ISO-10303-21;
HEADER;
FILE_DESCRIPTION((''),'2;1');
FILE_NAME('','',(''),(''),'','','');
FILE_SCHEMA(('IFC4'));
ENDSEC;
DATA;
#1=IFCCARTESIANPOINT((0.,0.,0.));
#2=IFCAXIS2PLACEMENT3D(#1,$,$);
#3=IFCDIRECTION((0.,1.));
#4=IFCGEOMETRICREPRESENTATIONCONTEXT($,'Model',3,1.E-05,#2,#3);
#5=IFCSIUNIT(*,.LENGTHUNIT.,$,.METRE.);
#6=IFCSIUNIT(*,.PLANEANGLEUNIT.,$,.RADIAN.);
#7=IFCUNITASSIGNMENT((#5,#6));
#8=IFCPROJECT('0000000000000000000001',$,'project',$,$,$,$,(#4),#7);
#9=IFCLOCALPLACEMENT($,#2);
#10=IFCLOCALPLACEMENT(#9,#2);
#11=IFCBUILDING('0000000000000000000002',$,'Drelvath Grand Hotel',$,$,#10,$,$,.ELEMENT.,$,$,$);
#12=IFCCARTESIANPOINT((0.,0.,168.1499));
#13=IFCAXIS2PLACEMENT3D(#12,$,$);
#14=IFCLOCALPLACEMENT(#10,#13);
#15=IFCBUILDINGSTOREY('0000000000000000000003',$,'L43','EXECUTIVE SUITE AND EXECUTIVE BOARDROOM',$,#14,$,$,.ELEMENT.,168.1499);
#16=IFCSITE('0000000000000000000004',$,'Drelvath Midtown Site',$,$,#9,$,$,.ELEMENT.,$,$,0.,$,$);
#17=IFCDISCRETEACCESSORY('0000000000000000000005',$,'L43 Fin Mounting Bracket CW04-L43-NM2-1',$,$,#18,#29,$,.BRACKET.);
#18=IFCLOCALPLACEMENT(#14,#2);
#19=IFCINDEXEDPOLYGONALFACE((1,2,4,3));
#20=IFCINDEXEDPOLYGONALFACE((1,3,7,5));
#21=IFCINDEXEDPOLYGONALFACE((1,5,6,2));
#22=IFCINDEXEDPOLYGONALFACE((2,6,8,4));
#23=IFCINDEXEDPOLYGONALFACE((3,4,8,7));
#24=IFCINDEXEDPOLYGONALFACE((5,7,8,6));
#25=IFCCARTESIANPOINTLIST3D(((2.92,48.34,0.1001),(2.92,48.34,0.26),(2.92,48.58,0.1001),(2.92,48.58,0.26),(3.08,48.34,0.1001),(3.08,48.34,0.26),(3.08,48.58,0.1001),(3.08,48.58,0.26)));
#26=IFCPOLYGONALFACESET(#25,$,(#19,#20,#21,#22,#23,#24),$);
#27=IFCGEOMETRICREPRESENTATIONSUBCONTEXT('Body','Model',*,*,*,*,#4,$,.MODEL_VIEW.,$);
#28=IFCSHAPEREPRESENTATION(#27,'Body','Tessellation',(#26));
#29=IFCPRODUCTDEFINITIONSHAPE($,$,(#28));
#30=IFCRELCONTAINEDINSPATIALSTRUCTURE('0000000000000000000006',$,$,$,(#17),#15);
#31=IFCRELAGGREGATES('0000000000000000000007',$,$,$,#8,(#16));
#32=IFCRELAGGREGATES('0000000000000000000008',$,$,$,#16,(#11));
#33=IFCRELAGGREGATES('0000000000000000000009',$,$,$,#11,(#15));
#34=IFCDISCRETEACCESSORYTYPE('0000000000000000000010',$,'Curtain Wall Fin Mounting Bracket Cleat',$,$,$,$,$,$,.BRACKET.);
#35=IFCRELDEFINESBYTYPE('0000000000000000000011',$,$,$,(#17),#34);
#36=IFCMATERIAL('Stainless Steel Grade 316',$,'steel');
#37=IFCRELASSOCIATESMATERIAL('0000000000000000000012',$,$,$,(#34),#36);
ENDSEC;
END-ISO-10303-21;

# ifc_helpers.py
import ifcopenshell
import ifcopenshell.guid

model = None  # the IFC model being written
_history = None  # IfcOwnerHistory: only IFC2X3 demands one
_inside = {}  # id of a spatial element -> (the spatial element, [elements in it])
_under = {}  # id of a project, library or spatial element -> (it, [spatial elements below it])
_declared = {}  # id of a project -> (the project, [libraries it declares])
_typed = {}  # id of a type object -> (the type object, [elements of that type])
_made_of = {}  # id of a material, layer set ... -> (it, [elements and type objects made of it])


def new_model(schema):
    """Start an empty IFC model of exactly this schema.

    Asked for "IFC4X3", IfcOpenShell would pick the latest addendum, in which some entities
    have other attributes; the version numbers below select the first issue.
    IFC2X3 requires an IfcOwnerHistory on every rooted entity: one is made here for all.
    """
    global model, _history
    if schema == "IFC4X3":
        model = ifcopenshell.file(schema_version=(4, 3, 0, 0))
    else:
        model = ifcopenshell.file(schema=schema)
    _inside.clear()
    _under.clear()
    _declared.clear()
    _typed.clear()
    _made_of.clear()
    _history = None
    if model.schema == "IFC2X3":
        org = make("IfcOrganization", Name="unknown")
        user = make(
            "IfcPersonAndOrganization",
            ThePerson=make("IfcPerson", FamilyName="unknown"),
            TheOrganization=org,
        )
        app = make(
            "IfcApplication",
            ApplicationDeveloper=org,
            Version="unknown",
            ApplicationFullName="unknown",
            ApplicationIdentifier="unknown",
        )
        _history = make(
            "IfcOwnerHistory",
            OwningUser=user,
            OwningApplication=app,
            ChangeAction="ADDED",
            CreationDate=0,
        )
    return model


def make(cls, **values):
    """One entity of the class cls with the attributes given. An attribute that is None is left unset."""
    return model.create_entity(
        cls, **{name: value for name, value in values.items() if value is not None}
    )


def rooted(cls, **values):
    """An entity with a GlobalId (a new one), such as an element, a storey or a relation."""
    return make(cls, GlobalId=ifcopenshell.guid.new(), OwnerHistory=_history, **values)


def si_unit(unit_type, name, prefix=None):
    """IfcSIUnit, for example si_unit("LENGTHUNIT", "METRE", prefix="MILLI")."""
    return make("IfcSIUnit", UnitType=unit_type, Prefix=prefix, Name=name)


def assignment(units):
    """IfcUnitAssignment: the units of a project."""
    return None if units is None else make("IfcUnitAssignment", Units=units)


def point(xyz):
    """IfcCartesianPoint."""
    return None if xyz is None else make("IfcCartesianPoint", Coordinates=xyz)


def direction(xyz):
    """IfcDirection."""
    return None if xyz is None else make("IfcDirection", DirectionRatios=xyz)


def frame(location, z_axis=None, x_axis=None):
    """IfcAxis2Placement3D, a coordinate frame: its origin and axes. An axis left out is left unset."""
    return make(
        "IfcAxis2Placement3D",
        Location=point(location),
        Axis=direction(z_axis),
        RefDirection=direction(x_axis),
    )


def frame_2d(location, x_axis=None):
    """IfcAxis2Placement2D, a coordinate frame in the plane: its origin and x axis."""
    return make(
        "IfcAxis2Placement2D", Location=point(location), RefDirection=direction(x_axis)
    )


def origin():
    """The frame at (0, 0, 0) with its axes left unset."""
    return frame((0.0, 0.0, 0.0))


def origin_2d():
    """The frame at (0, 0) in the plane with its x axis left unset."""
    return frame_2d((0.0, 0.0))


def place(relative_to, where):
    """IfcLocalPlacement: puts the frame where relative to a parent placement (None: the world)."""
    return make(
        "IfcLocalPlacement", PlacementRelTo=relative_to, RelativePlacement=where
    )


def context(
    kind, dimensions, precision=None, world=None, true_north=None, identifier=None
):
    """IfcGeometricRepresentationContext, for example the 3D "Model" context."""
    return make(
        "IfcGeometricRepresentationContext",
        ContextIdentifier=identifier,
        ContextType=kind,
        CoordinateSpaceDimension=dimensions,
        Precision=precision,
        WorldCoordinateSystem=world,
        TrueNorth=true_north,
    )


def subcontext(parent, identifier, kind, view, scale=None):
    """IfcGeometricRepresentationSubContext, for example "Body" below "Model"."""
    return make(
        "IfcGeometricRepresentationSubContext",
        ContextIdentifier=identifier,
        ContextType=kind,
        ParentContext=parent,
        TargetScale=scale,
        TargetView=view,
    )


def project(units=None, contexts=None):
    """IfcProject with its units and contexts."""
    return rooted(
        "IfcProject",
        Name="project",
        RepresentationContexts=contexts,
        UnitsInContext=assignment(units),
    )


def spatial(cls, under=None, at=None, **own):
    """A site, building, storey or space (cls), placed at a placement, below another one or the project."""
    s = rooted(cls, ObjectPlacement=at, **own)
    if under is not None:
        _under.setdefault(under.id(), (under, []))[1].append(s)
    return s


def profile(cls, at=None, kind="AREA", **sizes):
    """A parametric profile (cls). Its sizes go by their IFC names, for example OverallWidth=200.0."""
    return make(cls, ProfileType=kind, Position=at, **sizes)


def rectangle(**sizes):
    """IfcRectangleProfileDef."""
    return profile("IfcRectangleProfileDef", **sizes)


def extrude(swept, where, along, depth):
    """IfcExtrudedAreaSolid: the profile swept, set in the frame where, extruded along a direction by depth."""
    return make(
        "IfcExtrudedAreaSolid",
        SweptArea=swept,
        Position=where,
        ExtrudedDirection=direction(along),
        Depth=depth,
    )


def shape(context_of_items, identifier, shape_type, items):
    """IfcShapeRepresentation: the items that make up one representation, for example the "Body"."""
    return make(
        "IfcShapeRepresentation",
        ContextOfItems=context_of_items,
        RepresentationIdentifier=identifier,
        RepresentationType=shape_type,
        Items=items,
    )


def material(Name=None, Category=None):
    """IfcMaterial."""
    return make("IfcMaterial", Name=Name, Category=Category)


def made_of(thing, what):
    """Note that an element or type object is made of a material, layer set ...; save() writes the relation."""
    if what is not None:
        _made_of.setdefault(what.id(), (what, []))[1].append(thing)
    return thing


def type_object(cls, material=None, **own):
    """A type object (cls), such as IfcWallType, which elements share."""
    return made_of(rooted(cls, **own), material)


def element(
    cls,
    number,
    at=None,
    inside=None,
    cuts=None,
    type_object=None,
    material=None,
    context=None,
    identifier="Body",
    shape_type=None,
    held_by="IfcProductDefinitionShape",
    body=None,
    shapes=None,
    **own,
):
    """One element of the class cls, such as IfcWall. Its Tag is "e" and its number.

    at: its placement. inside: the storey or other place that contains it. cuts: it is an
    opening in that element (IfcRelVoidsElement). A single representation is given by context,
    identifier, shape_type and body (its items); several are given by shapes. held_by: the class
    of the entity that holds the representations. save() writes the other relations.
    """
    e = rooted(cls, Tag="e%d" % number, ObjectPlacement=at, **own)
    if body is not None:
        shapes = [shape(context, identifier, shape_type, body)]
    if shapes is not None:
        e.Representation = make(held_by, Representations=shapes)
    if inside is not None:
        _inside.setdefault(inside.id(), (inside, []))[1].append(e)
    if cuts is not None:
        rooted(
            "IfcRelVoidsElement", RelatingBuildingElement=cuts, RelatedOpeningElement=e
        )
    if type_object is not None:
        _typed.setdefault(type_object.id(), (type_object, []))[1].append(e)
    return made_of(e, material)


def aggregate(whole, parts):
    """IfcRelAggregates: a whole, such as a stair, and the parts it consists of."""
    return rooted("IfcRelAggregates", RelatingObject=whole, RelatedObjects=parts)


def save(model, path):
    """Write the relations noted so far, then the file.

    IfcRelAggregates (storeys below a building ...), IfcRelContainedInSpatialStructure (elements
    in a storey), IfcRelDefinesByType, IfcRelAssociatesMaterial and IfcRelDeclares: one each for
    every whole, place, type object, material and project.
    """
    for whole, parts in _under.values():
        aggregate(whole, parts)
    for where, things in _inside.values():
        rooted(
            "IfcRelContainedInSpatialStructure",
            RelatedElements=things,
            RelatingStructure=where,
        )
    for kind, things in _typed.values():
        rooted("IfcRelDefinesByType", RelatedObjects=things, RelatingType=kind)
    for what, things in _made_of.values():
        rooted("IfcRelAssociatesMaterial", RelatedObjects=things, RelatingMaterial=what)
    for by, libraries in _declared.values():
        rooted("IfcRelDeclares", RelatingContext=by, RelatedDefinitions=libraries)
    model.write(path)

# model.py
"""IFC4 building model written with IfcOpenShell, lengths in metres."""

from ifc_helpers import new_model, si_unit, direction, frame, origin, origin_2d, place, context, subcontext, project, spatial, rectangle, extrude, material, type_object, element, save


model = new_model("IFC4")

# Units and contexts
model_context = context("Model", 3, precision=1e-05, world=origin(), true_north=direction((0.0, 1.0)))
body_context = subcontext(model_context, "Body", "Model", "MODEL_VIEW")
ifc_project = project(units=[si_unit("LENGTHUNIT", "METRE"), si_unit("PLANEANGLEUNIT", "RADIAN")], contexts=[model_context])

# Site, building, storey
site_placement = place(None, origin())
site = spatial("IfcSite", under=ifc_project, at=site_placement, Name="Drelvath Midtown Site", CompositionType="ELEMENT", RefElevation=0.0)
building_placement = place(site_placement, origin())
building = spatial("IfcBuilding", under=site, at=building_placement, Name="Drelvath Grand Hotel", CompositionType="ELEMENT")
storey_placement = place(building_placement, frame((0.0, 0.0, 168.1499)))
storey = spatial("IfcBuildingStorey", under=building, at=storey_placement, Name="L43", Description="EXECUTIVE SUITE AND EXECUTIVE BOARDROOM", CompositionType="ELEMENT", Elevation=168.1499)

# Discrete accessory
ifc_material_1 = material(Name="Stainless Steel Grade 316", Category="steel")
discrete_accessory_type = type_object("IfcDiscreteAccessoryType", Name="Curtain Wall Fin Mounting Bracket Cleat", PredefinedType="BRACKET", material=ifc_material_1)
discrete_accessory_placement = place(storey_placement, frame((3.0, 48.46, 0.1001), z_axis=(0.0, 0.0, 1.0), x_axis=(1.0, 0.0, 0.0)))
element("IfcDiscreteAccessory", 1, at=discrete_accessory_placement, inside=storey, type_object=discrete_accessory_type, Name="L43 Fin Mounting Bracket CW04-L43-NM2-1", PredefinedType="BRACKET", context=body_context, shape_type="SweptSolid", body=[
    extrude(rectangle(XDim=0.1599, YDim=0.24, at=origin_2d()), origin(), (0.0, 0.0, 1.0), 0.1599),
])

save(model, "model.ifc")
